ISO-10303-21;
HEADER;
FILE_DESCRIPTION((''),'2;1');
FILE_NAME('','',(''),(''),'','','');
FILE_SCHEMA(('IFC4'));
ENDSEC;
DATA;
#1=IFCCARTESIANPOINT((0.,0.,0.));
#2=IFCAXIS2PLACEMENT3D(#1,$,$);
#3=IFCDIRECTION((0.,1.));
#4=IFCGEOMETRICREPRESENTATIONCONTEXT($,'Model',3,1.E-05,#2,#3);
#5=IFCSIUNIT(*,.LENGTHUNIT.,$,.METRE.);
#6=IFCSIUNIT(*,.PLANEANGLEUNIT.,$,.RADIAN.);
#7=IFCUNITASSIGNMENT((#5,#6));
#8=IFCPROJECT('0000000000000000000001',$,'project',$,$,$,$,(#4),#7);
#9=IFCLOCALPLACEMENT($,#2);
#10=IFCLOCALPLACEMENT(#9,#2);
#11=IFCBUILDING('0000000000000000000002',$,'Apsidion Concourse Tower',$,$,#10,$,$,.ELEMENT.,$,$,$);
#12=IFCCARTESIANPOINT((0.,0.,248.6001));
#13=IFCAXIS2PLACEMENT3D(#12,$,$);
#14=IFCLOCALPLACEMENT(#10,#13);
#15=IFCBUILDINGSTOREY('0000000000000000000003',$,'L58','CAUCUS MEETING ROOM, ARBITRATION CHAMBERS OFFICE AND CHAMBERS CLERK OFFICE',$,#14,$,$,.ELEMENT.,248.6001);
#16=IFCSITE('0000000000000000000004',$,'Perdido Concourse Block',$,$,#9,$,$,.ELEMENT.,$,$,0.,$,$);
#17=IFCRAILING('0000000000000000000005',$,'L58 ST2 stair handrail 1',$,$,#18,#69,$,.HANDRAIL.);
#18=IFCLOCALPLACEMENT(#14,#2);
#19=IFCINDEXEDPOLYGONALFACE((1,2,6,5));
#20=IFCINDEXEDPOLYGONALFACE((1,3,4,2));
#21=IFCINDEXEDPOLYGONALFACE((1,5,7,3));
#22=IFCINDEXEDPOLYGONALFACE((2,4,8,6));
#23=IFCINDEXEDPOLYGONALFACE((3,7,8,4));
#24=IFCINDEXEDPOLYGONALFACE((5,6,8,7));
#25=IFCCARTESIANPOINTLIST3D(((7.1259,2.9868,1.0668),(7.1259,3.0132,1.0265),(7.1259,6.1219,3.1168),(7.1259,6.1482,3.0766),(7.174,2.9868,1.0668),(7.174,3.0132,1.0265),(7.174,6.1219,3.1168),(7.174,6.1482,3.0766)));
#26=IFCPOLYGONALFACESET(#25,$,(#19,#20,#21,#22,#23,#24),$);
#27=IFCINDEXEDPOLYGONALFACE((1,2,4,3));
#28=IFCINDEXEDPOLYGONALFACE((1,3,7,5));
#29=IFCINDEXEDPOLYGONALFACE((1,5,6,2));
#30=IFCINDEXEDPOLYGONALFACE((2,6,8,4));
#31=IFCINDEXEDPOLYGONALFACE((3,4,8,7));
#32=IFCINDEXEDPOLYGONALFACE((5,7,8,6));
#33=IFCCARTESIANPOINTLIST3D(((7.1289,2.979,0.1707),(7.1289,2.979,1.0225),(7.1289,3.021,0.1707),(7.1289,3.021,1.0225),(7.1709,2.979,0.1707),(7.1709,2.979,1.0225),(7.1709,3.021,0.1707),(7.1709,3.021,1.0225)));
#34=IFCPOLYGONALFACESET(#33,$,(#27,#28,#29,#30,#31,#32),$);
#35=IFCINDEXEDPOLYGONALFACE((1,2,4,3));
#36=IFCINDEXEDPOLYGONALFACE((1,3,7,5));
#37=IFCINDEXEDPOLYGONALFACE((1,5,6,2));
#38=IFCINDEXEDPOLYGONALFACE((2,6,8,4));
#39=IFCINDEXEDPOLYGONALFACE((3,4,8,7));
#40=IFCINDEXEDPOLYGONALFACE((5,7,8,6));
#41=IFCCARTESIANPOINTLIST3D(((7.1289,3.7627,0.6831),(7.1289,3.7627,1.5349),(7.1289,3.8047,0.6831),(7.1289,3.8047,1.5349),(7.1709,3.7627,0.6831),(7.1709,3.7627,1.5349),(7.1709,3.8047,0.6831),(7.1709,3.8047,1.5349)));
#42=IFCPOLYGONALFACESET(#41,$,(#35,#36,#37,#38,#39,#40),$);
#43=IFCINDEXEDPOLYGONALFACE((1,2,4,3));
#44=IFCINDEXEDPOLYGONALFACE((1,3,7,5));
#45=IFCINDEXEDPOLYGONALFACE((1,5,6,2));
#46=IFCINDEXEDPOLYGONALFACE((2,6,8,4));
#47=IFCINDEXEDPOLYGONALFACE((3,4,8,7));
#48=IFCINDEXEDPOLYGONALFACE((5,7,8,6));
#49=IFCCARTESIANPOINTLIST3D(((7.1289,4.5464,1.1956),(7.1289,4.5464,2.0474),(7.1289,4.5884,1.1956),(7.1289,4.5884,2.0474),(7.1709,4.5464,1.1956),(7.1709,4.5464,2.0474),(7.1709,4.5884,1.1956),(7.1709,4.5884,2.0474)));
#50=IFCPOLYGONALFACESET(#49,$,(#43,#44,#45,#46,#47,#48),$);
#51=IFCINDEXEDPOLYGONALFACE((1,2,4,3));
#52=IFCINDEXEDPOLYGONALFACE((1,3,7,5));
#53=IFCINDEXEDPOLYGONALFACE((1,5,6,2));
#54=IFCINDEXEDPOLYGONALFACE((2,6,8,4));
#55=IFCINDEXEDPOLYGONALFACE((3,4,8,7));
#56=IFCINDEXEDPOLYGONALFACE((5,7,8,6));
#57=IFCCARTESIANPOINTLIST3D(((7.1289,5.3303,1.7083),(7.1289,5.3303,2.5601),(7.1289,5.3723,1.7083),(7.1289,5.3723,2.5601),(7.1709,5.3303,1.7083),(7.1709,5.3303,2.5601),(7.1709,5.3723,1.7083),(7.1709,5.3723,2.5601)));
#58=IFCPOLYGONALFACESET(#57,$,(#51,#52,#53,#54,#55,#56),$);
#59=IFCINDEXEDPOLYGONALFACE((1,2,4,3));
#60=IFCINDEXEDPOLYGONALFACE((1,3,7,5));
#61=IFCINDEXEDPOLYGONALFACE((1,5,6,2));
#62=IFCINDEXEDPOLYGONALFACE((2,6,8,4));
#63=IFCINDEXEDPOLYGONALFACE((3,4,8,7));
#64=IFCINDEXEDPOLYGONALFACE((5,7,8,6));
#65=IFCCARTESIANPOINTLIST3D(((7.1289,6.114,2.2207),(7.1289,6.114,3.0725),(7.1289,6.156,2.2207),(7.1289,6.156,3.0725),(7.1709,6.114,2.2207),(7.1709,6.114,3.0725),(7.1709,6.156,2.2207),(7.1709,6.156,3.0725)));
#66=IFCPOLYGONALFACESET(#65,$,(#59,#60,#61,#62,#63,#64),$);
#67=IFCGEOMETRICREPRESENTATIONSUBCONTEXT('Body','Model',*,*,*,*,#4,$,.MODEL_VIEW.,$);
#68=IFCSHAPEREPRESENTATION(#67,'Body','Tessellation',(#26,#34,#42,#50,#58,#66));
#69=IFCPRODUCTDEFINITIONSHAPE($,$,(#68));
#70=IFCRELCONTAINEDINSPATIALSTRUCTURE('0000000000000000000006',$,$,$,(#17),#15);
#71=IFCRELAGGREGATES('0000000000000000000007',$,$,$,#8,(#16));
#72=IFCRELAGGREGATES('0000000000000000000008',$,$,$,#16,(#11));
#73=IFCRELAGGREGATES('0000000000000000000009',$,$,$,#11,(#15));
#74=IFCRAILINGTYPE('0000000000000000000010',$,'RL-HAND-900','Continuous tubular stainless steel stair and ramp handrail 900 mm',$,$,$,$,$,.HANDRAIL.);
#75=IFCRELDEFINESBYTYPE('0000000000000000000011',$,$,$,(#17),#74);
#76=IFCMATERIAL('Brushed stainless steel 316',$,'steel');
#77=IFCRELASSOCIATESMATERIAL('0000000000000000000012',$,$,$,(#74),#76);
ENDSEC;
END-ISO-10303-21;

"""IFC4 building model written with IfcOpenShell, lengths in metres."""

from ifc_helpers import new_model, si_unit, direction, frame, origin, origin_2d, place, context, subcontext, project, spatial, rectangle, extrude, material, type_object, element, save


model = new_model("IFC4")

# Units and contexts
model_context = context("Model", 3, precision=1e-05, world=origin(), true_north=direction((0.0, 1.0)))
body_context = subcontext(model_context, "Body", "Model", "MODEL_VIEW")
ifc_project = project(units=[si_unit("LENGTHUNIT", "METRE"), si_unit("PLANEANGLEUNIT", "RADIAN")], contexts=[model_context])

# Site, building, storey
site_placement = place(None, origin())
site = spatial("IfcSite", under=ifc_project, at=site_placement, Name="Perdido Concourse Block", CompositionType="ELEMENT", RefElevation=0.0)
building_placement = place(site_placement, origin())
building = spatial("IfcBuilding", under=site, at=building_placement, Name="Apsidion Concourse Tower", CompositionType="ELEMENT")
storey_placement = place(building_placement, frame((0.0, 0.0, 248.6001)))
storey = spatial("IfcBuildingStorey", under=building, at=storey_placement, Name="L58", Description="CAUCUS MEETING ROOM, ARBITRATION CHAMBERS OFFICE AND CHAMBERS CLERK OFFICE", CompositionType="ELEMENT", Elevation=248.6001)

# Shared definitions
ifc_material_1 = material(Name="Brushed stainless steel 316", Category="steel")

# Railing
railing_type_1 = type_object("IfcRailingType", Name="RL-HAND-900", Description="Continuous tubular stainless steel stair and ramp handrail 900 mm", PredefinedType="HANDRAIL", material=ifc_material_1)
railing_1_placement = place(storey_placement, frame((7.1499, 3.0, 0.1707)))
element("IfcRailing", 1, at=railing_1_placement, inside=storey, type_object=railing_type_1, Name="L58 ST2 stair handrail 1", PredefinedType="HANDRAIL", context=body_context, shape_type="SweptSolid", body=[
    extrude(rectangle(XDim=0.0481, YDim=0.0481, at=origin_2d()), frame((0.0, 0.0, 0.876), z_axis=(0.0, 0.836941, 0.547293), x_axis=(-1.0, 0.0, 0.0)), (0.0, 0.0, 1.0), 3.7458),
    extrude(rectangle(XDim=0.042, YDim=0.042, at=origin_2d()), origin(), (0.0, 0.0, 1.0), 0.8518),
    extrude(rectangle(XDim=0.042, YDim=0.042, at=origin_2d()), frame((0.0, 0.7837, 0.5125)), (0.0, 0.0, 1.0), 0.8518),
    extrude(rectangle(XDim=0.042, YDim=0.042, at=origin_2d()), frame((0.0, 1.5674, 1.0249)), (0.0, 0.0, 1.0), 0.8518),
    extrude(rectangle(XDim=0.042, YDim=0.042, at=origin_2d()), frame((0.0, 2.3513, 1.5376)), (0.0, 0.0, 1.0), 0.8518),
    extrude(rectangle(XDim=0.042, YDim=0.042, at=origin_2d()), frame((0.0, 3.135, 2.05)), (0.0, 0.0, 1.0), 0.8518),
])

save(model, "model.ifc")
